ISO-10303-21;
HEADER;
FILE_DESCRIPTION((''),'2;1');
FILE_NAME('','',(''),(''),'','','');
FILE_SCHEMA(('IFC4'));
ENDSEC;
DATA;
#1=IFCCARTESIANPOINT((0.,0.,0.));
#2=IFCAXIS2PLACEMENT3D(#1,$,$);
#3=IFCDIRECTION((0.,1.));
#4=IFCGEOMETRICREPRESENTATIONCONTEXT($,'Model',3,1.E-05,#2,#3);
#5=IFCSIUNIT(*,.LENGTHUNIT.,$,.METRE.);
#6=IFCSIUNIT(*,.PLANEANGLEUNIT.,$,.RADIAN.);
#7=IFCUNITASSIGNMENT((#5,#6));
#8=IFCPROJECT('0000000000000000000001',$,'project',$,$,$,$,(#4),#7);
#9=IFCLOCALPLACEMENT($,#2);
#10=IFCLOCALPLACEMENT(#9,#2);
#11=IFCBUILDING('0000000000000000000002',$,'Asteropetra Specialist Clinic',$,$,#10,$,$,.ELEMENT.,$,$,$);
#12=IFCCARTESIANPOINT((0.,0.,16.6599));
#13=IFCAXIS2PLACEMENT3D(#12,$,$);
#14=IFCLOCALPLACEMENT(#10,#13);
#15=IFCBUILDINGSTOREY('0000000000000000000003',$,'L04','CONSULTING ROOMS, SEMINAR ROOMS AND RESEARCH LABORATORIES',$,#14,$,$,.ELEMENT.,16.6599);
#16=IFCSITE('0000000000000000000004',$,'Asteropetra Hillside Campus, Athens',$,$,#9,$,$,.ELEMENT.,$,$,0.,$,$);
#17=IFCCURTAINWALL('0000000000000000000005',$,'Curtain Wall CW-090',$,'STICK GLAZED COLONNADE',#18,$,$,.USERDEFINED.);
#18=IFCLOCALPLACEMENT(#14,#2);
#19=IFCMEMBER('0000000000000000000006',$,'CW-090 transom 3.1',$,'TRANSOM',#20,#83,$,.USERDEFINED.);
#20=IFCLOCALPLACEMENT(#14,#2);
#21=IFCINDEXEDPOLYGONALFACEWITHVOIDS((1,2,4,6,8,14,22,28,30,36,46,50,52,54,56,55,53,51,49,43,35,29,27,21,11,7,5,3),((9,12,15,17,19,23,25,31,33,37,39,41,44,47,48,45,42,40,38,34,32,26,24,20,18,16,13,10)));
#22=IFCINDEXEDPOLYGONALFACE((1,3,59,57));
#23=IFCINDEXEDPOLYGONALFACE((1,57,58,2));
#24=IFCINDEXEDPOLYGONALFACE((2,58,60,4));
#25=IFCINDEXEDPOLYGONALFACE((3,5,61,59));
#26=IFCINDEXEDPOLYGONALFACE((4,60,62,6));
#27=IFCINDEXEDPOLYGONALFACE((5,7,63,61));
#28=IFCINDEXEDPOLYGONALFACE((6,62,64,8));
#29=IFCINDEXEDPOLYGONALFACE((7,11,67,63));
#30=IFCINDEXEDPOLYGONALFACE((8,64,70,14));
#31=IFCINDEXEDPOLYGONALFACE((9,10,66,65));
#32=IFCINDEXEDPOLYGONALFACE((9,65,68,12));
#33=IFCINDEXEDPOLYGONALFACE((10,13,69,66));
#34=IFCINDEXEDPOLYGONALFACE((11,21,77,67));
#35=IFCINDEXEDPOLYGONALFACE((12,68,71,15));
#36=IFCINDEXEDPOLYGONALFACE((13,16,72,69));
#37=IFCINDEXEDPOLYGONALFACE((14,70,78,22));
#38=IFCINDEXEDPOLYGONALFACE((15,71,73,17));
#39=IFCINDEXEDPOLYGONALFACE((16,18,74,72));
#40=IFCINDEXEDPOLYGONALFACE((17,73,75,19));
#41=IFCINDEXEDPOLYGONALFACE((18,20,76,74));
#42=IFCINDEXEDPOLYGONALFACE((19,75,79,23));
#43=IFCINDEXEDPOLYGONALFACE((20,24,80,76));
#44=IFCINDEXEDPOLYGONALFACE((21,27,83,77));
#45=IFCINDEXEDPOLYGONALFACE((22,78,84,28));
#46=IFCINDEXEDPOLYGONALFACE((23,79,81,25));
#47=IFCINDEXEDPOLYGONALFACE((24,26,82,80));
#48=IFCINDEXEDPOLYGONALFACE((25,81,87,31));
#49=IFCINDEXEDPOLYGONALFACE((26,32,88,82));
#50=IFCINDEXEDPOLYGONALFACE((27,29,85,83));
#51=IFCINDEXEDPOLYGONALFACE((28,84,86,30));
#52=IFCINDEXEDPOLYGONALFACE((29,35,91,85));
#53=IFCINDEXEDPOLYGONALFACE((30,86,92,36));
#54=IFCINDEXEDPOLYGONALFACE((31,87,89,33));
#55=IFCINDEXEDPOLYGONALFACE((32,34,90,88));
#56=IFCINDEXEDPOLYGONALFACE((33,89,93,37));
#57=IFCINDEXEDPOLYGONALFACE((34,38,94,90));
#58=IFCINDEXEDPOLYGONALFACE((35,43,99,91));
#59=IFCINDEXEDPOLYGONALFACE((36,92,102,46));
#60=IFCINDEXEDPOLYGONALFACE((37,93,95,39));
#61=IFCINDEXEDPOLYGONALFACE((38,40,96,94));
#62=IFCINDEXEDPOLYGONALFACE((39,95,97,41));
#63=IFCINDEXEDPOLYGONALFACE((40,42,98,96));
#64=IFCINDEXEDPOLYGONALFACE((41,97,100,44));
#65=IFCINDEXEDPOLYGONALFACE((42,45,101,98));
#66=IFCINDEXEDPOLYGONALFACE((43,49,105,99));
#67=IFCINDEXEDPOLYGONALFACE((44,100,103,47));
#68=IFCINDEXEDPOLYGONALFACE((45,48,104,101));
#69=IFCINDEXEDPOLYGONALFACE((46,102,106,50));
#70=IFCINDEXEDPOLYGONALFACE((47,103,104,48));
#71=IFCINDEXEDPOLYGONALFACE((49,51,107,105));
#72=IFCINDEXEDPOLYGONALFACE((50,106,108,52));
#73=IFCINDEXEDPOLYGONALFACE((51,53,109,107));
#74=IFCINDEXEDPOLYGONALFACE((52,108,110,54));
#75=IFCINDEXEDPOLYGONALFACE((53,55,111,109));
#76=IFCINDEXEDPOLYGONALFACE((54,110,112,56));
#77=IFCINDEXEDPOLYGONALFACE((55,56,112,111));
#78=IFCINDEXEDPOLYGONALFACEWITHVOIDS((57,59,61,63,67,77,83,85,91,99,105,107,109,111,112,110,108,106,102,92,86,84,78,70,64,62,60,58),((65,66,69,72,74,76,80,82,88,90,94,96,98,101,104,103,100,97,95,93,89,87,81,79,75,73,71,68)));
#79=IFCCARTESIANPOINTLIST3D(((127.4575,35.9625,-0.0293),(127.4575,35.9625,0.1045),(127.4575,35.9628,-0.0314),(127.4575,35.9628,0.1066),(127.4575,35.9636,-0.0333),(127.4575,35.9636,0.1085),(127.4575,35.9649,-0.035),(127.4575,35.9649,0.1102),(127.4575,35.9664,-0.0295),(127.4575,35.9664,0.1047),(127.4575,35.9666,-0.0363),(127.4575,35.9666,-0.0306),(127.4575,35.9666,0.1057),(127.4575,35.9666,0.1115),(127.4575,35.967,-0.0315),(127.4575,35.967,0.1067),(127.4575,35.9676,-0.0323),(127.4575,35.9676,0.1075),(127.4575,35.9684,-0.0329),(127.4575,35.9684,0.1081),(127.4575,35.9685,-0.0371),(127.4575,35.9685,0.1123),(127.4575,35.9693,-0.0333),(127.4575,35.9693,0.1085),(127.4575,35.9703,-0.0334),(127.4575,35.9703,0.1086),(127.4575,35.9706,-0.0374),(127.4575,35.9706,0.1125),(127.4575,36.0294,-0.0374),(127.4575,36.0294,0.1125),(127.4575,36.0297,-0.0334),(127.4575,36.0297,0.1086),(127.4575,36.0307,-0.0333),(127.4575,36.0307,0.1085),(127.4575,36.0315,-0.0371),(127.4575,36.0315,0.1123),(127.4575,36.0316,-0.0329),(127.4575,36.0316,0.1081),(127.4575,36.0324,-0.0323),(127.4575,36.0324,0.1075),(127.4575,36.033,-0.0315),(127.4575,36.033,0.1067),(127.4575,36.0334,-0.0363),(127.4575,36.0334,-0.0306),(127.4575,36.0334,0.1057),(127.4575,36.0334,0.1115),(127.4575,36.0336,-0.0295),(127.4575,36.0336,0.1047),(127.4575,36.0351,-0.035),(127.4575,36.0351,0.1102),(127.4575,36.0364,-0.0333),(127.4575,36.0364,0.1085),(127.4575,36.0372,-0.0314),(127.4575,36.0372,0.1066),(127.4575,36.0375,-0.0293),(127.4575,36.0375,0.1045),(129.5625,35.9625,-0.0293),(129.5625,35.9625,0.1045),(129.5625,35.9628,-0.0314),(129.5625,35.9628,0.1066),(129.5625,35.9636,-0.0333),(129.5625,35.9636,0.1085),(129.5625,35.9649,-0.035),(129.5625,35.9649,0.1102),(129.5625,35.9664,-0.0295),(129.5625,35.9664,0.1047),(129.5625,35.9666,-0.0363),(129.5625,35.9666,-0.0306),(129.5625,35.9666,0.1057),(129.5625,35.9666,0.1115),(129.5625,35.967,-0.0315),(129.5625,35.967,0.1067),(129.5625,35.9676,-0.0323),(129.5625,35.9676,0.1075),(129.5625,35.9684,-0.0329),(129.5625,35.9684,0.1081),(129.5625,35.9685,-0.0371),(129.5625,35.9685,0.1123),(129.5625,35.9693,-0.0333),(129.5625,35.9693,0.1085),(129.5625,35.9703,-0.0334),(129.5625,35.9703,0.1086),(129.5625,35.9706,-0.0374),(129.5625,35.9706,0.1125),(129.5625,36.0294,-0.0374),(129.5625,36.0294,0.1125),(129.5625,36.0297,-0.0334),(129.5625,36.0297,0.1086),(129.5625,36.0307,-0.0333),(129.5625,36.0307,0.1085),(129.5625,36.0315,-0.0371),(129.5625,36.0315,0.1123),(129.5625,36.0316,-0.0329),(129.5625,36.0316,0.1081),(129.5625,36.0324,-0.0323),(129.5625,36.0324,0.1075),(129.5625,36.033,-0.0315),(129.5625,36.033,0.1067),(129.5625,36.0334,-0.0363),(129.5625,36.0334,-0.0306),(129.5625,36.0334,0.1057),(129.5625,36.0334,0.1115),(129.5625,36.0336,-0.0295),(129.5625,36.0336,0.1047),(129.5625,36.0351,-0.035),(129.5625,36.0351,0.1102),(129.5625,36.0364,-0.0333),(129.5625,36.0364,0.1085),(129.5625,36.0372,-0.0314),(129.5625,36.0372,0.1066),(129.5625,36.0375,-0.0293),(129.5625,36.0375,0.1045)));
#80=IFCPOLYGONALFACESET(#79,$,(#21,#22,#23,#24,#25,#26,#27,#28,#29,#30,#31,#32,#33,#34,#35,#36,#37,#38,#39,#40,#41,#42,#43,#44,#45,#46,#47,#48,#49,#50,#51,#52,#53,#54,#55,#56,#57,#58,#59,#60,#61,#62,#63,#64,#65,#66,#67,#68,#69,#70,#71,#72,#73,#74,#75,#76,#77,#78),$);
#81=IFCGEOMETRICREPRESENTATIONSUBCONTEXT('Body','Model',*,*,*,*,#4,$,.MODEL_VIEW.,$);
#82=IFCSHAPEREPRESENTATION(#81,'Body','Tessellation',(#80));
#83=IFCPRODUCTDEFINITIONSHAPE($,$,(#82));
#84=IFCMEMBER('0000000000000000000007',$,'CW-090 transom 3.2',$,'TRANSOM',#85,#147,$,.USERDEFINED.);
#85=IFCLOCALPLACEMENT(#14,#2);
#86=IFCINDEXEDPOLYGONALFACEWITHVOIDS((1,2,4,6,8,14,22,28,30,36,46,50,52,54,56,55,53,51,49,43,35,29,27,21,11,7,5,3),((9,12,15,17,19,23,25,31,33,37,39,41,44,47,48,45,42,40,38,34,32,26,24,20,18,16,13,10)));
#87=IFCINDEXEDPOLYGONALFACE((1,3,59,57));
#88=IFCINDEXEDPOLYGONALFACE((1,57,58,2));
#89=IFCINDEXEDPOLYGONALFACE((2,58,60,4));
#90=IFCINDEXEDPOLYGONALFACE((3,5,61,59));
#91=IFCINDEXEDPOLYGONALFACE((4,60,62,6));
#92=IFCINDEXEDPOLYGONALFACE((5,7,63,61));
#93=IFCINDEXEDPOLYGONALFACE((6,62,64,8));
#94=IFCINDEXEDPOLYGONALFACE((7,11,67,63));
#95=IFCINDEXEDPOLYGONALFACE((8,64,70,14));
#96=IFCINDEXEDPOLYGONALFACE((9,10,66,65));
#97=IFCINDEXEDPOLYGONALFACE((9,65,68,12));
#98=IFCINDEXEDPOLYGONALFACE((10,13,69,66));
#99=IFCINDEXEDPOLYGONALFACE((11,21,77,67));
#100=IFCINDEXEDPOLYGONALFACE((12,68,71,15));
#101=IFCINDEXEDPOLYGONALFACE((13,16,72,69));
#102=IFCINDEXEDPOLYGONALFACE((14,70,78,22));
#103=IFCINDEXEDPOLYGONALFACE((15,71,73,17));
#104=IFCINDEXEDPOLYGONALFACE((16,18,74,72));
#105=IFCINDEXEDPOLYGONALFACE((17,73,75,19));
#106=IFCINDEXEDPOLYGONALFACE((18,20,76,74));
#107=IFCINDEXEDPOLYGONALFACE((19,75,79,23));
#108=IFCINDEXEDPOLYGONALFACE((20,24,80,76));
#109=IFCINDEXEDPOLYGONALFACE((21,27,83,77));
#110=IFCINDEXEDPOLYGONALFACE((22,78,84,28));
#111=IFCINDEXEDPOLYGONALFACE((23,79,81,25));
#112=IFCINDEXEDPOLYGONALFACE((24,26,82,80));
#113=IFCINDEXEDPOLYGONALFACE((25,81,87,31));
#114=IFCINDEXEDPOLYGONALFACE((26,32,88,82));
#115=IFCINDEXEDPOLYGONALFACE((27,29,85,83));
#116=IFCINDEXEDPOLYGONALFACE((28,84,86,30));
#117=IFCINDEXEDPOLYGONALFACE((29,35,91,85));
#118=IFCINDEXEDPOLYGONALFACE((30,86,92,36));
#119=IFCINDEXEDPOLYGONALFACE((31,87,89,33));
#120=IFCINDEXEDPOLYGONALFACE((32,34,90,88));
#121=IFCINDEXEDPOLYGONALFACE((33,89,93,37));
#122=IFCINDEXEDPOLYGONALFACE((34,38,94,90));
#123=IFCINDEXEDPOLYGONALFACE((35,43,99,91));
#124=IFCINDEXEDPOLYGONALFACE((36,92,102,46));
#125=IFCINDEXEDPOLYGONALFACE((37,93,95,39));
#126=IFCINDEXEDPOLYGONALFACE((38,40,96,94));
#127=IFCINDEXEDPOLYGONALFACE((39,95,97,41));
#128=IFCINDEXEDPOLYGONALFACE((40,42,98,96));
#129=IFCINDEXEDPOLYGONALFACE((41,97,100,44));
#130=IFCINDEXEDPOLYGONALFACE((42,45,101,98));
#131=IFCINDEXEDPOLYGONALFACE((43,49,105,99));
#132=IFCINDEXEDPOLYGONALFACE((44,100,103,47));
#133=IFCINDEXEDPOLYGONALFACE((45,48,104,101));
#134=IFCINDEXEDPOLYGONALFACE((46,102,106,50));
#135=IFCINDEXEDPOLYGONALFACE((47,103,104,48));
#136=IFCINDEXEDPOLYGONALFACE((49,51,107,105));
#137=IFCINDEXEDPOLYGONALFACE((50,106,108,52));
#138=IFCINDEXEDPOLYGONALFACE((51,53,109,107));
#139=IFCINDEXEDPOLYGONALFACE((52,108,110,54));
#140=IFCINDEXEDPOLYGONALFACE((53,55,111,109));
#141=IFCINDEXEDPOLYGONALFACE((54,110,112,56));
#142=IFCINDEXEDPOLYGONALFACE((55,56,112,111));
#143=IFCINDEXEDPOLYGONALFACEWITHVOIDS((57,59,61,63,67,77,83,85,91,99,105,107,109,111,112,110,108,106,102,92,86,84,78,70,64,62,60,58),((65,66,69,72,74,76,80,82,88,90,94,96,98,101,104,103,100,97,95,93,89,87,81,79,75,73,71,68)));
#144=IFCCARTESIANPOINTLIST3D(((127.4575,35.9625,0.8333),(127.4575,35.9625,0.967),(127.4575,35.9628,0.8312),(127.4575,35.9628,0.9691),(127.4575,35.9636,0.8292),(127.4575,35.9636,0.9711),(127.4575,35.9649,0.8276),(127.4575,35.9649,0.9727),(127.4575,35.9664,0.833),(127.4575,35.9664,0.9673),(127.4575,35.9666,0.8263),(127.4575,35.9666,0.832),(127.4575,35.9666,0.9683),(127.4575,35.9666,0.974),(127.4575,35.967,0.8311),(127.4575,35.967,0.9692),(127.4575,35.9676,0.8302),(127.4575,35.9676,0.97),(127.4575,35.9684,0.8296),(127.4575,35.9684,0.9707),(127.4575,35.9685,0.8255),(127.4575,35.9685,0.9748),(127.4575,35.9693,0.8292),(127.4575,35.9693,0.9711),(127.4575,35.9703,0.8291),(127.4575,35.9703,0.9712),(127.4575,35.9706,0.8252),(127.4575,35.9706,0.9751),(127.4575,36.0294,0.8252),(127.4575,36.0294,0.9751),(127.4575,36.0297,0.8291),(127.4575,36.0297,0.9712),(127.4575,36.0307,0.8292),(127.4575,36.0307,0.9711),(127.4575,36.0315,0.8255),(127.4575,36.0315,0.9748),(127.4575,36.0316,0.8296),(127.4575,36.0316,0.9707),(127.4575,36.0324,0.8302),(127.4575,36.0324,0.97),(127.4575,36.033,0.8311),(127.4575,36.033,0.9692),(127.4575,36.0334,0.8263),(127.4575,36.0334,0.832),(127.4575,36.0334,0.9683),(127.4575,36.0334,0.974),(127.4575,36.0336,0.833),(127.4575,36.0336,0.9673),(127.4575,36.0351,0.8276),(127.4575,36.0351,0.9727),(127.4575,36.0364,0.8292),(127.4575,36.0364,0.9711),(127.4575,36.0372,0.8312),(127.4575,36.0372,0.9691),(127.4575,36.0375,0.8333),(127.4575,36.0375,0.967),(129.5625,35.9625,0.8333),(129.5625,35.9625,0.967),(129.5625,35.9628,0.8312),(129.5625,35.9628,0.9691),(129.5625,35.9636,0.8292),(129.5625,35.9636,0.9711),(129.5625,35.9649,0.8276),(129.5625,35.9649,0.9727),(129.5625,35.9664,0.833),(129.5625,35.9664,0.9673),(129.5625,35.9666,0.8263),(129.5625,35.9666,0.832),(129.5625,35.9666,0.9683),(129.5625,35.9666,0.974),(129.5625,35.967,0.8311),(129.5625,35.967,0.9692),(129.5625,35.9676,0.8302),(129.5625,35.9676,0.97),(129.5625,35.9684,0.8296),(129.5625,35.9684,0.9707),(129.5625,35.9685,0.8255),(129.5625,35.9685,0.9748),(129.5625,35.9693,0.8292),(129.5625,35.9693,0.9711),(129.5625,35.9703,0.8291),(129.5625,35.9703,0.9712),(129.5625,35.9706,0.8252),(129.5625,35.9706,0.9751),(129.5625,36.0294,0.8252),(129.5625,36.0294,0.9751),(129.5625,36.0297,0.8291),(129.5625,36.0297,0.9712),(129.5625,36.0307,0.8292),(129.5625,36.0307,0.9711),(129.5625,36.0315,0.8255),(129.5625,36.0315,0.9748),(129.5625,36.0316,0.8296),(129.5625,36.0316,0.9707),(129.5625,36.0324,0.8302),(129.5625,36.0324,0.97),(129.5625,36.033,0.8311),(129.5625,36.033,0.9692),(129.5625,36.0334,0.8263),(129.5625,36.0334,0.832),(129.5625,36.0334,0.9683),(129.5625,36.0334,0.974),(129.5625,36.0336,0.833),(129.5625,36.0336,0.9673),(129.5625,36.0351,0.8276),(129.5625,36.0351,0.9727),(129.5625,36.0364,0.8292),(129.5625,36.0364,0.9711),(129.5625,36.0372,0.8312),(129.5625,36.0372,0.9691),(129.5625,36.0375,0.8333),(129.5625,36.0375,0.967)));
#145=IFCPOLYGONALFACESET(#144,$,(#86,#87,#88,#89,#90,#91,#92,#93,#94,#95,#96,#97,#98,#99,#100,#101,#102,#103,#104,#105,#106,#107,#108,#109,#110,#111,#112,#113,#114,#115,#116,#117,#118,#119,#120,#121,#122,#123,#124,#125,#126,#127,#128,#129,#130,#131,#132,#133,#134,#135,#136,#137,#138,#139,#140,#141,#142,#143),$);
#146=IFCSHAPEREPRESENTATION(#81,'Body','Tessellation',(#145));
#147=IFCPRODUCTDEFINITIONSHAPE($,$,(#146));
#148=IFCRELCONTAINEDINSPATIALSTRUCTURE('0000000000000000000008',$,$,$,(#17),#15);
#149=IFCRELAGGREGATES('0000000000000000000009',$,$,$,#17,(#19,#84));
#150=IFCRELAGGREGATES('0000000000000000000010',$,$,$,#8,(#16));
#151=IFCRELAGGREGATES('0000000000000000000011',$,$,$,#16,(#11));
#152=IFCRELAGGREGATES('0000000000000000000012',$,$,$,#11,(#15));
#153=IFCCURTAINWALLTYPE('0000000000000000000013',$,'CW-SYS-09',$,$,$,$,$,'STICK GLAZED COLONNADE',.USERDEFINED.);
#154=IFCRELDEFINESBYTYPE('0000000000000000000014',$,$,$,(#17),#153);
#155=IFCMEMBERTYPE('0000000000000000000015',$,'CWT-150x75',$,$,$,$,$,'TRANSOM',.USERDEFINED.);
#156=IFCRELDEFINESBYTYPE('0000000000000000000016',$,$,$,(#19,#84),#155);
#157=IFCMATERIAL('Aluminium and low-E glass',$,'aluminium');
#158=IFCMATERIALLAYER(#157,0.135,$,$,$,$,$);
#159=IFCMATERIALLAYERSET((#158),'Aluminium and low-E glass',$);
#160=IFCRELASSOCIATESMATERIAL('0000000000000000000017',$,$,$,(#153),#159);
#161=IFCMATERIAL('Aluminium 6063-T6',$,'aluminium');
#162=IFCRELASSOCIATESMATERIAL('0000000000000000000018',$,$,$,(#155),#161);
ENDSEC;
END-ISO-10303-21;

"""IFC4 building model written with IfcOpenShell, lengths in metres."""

from ifc_helpers import new_model, si_unit, direction, frame, origin, origin_2d, place, context, subcontext, project, spatial, hollow_rectangle, extrude, material, layer, layer_set, material_profile, profile_set, type_object, element, aggregate, save


model = new_model("IFC4")

# Units and contexts
model_context = context("Model", 3, precision=1e-05, world=origin(), true_north=direction((0.0, 1.0)))
body_context = subcontext(model_context, "Body", "Model", "MODEL_VIEW")
ifc_project = project(units=[si_unit("LENGTHUNIT", "METRE"), si_unit("PLANEANGLEUNIT", "RADIAN")], contexts=[model_context])

# Site, building, storey
site_placement = place(None, origin())
site = spatial("IfcSite", under=ifc_project, at=site_placement, Name="Asteropetra Hillside Campus, Athens", CompositionType="ELEMENT", RefElevation=0.0)
building_placement = place(site_placement, origin())
building = spatial("IfcBuilding", under=site, at=building_placement, Name="Asteropetra Specialist Clinic", CompositionType="ELEMENT")
storey_placement = place(building_placement, frame((0.0, 0.0, 16.6599)))
storey = spatial("IfcBuildingStorey", under=building, at=storey_placement, Name="L04", Description="CONSULTING ROOMS, SEMINAR ROOMS AND RESEARCH LABORATORIES", CompositionType="ELEMENT", Elevation=16.6599)

# Curtain wall
ifc_material_1 = material(Name="Aluminium and low-E glass", Category="aluminium")
ifc_layer_1 = layer(ifc_material_1, 0.135)
ifc_layer_set_1 = layer_set([ifc_layer_1], Name="Aluminium and low-E glass")
curtain_wall_type_1 = type_object("IfcCurtainWallType", Name="CW-SYS-09", ElementType="STICK GLAZED COLONNADE", PredefinedType="USERDEFINED", material=ifc_layer_set_1)
curtain_wall_1_placement = place(storey_placement, origin())
curtain_wall_1 = element("IfcCurtainWall", 1, at=curtain_wall_1_placement, inside=storey, type_object=curtain_wall_type_1, Name="Curtain Wall CW-090", ObjectType="STICK GLAZED COLONNADE", PredefinedType="USERDEFINED")

# Members
ifc_material_2 = material(Name="Aluminium 6063-T6", Category="aluminium")
ifc_material_profile_1 = material_profile(ifc_material_2, hollow_rectangle(XDim=0.075, YDim=0.1499, WallThickness=0.0039, InnerFilletRadius=0.0039, OuterFilletRadius=0.0081, at=origin_2d()), Name="TRN 150x75x4.0")
ifc_profile_set_1 = profile_set([ifc_material_profile_1], Name="Aluminium 6063-T6")
member_type_1 = type_object("IfcMemberType", Name="CWT-150x75", ElementType="TRANSOM", PredefinedType="USERDEFINED", material=ifc_profile_set_1)
member_1_placement = place(storey_placement, frame((129.5625, 36.0, 0.0376), z_axis=(-1.0, 0.0, 0.0), x_axis=(0.0, -1.0, 0.0)))
member_1 = element("IfcMember", 2, at=member_1_placement, type_object=member_type_1, Name="CW-090 transom 3.1", ObjectType="TRANSOM", PredefinedType="USERDEFINED", context=body_context, shape_type="SweptSolid", body=[
    extrude(hollow_rectangle(XDim=0.075, YDim=0.1499, WallThickness=0.0039, InnerFilletRadius=0.0039, OuterFilletRadius=0.0081, at=origin_2d()), origin(), (0.0, 0.0, 1.0), 2.105),
])
member_2_placement = place(storey_placement, frame((129.5625, 36.0, 0.9001), z_axis=(-1.0, 0.0, 0.0), x_axis=(0.0, -1.0, 0.0)))
member_2 = element("IfcMember", 3, at=member_2_placement, type_object=member_type_1, Name="CW-090 transom 3.2", ObjectType="TRANSOM", PredefinedType="USERDEFINED", context=body_context, shape_type="SweptSolid", body=[
    extrude(hollow_rectangle(XDim=0.075, YDim=0.1499, WallThickness=0.0039, InnerFilletRadius=0.0039, OuterFilletRadius=0.0081, at=origin_2d()), origin(), (0.0, 0.0, 1.0), 2.105),
])

aggregate(curtain_wall_1, [member_1, member_2])

save(model, "model.ifc")
